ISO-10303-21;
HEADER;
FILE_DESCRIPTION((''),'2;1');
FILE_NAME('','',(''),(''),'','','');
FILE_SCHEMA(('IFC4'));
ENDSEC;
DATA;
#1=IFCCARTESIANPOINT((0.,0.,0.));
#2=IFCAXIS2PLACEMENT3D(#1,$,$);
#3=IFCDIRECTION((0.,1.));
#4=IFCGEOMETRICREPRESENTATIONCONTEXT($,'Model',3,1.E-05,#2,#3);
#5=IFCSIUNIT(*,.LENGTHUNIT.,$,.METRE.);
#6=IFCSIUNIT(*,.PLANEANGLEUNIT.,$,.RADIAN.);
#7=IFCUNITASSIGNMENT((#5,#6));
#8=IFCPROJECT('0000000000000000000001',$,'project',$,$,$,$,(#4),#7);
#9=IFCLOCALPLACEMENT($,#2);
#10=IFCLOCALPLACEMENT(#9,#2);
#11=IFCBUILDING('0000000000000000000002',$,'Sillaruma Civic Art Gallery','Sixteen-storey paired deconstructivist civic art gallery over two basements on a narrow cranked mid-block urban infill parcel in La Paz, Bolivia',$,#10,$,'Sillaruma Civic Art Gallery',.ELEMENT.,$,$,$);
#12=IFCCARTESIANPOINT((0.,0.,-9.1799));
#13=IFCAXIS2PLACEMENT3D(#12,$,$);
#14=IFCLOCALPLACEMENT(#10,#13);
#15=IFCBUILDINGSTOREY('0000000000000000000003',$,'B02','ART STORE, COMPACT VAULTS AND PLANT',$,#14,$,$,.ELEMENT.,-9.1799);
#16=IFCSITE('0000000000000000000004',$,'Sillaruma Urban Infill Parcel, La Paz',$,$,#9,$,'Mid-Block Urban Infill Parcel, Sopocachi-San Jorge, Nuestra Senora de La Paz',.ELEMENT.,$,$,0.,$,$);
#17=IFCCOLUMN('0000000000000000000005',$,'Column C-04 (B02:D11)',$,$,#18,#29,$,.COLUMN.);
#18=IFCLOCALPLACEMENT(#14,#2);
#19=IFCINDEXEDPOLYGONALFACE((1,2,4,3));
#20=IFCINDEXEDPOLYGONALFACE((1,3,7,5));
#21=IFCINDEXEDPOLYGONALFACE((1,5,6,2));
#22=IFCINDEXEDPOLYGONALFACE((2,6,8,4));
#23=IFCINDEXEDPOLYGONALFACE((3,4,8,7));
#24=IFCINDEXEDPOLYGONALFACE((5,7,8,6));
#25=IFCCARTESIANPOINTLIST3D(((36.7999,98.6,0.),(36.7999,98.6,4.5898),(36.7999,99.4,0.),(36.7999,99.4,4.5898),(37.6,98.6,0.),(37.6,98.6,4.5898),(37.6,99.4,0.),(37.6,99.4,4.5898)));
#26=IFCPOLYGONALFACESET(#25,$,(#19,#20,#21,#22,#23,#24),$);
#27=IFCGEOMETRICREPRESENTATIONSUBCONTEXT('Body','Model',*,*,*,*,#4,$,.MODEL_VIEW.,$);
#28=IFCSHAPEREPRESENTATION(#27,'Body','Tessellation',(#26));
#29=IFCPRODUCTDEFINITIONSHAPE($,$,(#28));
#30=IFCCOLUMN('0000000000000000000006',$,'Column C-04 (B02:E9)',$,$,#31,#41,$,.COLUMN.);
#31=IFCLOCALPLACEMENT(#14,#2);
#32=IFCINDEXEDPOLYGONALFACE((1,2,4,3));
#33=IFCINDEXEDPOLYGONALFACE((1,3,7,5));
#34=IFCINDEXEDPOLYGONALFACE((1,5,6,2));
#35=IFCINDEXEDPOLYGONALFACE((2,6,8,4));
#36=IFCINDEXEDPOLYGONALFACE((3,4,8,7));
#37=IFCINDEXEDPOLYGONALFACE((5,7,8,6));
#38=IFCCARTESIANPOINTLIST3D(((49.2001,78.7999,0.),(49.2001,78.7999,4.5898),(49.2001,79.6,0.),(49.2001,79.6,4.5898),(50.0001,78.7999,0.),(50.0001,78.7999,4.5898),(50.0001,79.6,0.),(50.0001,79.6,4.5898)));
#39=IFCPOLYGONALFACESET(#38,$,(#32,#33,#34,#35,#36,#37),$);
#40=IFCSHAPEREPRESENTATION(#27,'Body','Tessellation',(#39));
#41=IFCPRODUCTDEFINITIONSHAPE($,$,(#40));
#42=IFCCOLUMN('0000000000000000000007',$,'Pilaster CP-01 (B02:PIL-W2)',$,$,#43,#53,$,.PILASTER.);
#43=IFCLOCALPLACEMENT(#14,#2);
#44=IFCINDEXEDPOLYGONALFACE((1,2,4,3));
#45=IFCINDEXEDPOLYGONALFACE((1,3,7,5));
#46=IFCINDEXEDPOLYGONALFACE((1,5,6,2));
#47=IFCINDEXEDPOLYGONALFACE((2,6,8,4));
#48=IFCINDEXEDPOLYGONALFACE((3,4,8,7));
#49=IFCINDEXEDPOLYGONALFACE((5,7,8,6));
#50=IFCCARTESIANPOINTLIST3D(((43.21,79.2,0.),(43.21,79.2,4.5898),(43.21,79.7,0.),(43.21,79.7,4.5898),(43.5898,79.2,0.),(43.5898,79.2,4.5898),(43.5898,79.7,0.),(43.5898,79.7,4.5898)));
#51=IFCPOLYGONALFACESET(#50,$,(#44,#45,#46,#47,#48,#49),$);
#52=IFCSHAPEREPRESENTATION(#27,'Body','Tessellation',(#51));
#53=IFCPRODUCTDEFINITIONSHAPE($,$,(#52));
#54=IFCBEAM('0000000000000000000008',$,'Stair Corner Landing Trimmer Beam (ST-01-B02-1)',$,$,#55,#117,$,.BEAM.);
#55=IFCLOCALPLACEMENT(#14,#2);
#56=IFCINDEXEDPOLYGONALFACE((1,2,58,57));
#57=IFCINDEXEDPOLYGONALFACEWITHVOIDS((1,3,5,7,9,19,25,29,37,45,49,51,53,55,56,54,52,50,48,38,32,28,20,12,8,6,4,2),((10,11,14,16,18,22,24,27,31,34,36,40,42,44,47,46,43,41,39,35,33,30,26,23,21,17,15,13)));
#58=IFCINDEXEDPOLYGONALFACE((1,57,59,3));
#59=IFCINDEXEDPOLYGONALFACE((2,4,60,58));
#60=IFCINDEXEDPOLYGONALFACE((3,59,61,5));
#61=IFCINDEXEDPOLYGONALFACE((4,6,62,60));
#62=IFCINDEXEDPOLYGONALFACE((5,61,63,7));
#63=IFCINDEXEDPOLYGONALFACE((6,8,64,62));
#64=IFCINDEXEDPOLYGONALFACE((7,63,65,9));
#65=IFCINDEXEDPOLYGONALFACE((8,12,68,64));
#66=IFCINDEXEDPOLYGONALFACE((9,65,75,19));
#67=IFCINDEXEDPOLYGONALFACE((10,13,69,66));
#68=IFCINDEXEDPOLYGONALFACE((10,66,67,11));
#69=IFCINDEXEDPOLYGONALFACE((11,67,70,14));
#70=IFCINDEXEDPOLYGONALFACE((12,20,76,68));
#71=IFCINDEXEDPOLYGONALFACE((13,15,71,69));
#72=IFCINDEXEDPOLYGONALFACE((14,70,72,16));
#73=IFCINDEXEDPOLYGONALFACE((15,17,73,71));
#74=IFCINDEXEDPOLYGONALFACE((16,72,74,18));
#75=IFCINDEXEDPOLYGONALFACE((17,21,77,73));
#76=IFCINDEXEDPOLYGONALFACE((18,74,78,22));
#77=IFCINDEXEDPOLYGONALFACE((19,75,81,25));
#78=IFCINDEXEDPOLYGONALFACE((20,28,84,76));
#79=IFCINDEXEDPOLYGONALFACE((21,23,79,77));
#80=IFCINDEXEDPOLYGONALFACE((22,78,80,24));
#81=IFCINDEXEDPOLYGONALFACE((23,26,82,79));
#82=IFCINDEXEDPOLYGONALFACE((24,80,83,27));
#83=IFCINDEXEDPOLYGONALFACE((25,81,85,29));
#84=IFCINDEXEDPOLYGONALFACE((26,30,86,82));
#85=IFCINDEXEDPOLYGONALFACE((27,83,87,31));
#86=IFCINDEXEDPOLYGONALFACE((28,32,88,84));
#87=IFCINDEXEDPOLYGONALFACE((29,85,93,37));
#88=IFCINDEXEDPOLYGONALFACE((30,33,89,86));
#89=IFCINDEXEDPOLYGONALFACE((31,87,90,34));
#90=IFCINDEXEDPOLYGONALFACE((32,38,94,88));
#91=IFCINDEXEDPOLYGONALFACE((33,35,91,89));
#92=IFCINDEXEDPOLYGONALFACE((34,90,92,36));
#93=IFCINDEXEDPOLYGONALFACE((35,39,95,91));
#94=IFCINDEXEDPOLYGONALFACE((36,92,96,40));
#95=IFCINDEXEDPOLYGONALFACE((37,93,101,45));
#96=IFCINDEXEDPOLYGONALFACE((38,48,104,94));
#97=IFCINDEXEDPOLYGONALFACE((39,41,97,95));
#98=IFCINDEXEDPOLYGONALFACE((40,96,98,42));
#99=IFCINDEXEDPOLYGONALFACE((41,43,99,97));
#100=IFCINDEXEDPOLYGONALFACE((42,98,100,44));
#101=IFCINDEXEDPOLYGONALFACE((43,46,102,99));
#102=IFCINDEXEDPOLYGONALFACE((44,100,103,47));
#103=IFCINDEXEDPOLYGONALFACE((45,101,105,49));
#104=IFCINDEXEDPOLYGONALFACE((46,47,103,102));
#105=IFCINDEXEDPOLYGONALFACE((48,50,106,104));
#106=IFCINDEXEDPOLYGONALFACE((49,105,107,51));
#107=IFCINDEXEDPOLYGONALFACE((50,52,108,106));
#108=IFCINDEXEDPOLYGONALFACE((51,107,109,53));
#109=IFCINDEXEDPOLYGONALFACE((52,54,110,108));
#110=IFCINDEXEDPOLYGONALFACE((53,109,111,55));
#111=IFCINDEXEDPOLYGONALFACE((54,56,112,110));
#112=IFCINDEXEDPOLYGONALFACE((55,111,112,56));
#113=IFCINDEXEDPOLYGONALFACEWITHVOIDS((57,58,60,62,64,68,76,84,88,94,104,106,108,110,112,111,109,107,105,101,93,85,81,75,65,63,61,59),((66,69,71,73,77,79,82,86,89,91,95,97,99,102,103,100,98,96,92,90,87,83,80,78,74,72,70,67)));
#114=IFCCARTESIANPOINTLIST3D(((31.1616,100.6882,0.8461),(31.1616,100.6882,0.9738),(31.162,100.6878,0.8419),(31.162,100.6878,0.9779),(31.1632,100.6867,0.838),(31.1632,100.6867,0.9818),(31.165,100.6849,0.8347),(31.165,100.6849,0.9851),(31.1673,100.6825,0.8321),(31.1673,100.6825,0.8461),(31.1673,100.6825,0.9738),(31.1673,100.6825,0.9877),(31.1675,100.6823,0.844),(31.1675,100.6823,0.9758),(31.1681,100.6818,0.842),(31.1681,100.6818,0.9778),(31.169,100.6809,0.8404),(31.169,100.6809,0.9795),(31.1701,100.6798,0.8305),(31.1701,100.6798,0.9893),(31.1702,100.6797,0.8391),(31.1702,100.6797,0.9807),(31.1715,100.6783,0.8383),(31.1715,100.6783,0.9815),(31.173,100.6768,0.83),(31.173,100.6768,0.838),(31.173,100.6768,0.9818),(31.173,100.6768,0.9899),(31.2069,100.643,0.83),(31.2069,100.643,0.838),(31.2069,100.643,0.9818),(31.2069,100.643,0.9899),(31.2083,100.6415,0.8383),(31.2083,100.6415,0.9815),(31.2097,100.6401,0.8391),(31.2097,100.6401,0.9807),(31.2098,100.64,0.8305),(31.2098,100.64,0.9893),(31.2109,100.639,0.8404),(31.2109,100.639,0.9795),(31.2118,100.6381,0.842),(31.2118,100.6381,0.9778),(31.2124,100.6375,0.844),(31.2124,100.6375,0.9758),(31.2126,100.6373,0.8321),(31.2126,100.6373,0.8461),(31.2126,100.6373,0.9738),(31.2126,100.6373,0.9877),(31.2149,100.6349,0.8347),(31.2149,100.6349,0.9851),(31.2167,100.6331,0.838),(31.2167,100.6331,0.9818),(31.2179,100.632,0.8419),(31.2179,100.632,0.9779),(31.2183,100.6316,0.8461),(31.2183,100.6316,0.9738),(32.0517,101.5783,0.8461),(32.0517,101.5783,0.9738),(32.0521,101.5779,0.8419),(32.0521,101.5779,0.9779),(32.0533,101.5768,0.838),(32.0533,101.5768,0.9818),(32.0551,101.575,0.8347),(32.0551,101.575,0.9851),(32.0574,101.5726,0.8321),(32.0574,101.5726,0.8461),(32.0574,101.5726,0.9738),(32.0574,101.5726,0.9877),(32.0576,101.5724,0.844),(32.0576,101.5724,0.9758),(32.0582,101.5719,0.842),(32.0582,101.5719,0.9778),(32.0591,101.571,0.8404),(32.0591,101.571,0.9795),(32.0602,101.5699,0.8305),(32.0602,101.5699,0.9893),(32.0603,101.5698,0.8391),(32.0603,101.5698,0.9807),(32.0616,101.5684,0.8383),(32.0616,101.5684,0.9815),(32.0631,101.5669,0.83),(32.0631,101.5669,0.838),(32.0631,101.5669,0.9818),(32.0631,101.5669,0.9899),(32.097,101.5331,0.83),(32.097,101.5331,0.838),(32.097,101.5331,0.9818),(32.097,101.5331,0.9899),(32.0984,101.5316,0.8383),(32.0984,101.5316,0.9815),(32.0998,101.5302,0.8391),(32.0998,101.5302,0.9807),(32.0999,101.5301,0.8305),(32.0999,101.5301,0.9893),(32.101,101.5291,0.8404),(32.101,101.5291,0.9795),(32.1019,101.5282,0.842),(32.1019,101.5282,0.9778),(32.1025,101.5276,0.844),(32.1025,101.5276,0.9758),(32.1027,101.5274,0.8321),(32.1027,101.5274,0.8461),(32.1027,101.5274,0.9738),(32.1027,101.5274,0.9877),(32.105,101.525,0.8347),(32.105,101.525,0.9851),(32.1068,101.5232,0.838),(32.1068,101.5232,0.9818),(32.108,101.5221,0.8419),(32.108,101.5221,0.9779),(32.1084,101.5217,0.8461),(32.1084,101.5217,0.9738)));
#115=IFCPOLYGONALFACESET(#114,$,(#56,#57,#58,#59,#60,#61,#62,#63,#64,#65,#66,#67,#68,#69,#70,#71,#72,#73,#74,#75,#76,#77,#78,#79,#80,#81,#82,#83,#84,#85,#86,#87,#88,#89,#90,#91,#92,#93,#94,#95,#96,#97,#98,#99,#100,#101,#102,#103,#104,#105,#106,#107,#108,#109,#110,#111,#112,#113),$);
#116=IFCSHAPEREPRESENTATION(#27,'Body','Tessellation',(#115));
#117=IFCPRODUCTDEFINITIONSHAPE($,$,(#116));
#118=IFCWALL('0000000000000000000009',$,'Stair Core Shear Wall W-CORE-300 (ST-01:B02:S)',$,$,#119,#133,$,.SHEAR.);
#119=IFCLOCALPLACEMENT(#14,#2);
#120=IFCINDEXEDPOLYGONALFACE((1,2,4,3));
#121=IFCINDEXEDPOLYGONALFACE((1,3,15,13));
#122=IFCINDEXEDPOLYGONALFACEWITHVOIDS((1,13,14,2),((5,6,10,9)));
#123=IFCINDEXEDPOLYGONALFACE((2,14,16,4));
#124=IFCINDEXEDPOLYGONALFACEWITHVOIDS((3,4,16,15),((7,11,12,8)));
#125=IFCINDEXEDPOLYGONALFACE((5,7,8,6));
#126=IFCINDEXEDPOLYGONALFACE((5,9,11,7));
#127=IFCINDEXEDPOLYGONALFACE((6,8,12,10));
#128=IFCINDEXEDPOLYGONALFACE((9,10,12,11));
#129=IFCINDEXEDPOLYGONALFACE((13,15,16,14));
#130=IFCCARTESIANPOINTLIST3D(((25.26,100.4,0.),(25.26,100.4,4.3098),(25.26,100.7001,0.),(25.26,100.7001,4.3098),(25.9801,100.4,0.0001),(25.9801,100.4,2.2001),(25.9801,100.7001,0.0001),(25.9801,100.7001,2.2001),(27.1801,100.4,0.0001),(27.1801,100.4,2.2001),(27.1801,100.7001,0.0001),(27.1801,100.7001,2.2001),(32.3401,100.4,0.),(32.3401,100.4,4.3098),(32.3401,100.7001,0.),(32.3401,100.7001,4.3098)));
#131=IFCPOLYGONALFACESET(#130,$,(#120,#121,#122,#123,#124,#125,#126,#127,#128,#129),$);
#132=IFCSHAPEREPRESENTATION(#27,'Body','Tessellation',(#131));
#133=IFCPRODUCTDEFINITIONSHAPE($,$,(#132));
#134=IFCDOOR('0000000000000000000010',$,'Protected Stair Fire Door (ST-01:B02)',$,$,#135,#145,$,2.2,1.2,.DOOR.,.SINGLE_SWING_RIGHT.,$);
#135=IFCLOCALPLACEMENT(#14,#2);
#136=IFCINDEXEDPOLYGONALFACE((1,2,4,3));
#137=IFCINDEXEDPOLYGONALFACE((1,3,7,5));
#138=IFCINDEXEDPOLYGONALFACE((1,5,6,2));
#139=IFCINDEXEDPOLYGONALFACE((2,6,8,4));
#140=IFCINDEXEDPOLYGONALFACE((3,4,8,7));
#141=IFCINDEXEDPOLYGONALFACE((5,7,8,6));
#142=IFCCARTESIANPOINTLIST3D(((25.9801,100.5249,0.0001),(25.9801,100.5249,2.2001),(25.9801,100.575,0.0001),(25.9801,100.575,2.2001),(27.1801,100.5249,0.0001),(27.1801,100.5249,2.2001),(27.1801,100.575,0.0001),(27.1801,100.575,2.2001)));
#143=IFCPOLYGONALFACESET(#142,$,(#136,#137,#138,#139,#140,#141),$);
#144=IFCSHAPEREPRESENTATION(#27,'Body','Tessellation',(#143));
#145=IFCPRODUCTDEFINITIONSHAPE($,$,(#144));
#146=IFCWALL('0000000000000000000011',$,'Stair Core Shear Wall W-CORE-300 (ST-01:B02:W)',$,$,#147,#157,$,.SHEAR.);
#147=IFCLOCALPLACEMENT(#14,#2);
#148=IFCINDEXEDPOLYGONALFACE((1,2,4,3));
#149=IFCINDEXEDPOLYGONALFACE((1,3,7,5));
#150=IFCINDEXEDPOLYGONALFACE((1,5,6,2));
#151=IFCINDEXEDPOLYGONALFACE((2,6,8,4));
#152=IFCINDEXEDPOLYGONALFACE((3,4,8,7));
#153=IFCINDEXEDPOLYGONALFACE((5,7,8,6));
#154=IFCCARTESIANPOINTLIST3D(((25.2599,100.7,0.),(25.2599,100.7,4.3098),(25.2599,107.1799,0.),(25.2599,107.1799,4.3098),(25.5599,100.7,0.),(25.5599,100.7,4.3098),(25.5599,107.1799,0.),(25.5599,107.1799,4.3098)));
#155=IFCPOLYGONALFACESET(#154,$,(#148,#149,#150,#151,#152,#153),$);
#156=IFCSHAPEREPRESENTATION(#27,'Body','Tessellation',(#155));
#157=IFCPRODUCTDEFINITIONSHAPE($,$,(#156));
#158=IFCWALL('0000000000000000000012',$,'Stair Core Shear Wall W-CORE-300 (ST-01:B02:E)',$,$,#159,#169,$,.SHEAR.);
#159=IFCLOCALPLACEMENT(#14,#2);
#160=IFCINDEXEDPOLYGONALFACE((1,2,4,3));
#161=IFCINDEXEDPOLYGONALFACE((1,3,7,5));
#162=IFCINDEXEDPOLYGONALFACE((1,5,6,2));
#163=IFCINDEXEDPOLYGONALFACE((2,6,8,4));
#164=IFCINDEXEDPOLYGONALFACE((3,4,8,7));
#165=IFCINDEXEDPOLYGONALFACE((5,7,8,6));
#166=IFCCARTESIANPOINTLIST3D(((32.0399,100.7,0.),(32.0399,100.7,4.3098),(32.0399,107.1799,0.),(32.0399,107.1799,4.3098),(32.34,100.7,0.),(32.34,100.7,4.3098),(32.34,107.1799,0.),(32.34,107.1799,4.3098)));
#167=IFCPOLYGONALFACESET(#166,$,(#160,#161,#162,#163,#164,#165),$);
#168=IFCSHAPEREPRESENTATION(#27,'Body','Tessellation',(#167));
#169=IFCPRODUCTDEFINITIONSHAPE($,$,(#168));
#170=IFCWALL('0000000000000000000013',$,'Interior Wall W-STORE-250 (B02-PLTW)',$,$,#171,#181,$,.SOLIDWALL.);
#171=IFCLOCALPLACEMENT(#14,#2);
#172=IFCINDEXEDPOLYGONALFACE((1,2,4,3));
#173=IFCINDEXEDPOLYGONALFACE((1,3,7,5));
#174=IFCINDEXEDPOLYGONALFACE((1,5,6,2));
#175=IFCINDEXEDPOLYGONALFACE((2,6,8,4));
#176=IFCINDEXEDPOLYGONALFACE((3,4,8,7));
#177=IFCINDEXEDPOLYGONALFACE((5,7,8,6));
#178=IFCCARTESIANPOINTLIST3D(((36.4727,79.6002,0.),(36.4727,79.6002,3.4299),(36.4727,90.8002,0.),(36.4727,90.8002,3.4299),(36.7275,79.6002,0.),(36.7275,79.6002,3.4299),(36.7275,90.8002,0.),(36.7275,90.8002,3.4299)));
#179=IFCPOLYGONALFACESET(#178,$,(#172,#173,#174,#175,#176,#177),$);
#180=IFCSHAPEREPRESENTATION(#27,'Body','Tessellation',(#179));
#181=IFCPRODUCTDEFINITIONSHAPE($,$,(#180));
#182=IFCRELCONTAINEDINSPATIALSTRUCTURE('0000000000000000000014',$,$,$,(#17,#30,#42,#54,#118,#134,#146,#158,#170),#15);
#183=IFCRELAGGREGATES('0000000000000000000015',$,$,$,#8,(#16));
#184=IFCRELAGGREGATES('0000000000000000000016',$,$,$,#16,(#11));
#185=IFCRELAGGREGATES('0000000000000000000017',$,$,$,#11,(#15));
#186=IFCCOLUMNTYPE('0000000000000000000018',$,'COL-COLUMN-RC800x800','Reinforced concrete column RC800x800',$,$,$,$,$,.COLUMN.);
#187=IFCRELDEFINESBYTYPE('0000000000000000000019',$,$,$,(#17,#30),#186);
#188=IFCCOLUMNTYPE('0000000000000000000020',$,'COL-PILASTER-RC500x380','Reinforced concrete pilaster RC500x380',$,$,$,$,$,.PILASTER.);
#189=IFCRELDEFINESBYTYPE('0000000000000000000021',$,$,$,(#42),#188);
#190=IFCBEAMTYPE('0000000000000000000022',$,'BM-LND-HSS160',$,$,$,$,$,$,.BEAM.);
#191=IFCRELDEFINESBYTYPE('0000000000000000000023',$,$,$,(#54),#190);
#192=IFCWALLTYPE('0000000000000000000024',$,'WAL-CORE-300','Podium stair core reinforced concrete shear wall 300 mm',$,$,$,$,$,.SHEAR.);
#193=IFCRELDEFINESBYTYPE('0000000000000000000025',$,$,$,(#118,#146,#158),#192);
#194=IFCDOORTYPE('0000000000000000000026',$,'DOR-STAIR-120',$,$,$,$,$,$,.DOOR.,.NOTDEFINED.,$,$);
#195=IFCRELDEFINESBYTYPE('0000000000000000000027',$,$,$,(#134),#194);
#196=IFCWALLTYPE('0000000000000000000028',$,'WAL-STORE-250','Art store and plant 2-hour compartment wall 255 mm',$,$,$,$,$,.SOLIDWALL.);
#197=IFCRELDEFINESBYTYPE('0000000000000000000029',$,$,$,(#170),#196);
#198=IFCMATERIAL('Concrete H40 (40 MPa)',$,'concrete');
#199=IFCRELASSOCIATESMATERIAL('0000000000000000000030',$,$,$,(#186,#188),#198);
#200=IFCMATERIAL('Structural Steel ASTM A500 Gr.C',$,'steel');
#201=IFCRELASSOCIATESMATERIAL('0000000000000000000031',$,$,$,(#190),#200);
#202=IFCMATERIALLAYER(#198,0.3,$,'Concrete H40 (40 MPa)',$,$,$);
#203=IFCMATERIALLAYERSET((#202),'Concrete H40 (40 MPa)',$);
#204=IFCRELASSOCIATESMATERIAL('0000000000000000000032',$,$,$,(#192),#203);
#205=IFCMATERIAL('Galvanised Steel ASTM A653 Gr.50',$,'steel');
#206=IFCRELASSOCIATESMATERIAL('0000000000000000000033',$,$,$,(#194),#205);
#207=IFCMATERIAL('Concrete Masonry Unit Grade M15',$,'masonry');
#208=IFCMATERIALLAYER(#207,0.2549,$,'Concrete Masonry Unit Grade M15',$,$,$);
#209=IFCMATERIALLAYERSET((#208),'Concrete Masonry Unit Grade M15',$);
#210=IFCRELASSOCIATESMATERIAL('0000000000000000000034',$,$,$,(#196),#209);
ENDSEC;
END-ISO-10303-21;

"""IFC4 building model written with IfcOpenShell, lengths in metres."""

from ifc_helpers import new_model, si_unit, direction, frame, frame_2d, origin, origin_2d, place, context, subcontext, project, spatial, rectangle, hollow_rectangle, extrude, material, layer, layer_set, material_profile, profile_set, type_object, element, fill, save


model = new_model("IFC4")

# Units and contexts
model_context = context("Model", 3, precision=1e-05, world=origin(), true_north=direction((0.0, 1.0)))
body_context = subcontext(model_context, "Body", "Model", "MODEL_VIEW")
ifc_project = project(units=[si_unit("LENGTHUNIT", "METRE"), si_unit("PLANEANGLEUNIT", "RADIAN")], contexts=[model_context])

# Site, building, storey
site_placement = place(None, origin())
site = spatial("IfcSite", under=ifc_project, at=site_placement, Name="Sillaruma Urban Infill Parcel, La Paz", LongName="Mid-Block Urban Infill Parcel, Sopocachi-San Jorge, Nuestra Senora de La Paz", CompositionType="ELEMENT", RefElevation=0.0)
building_placement = place(site_placement, origin())
building = spatial("IfcBuilding", under=site, at=building_placement, Name="Sillaruma Civic Art Gallery", Description="Sixteen-storey paired deconstructivist civic art gallery over two basements on a narrow cranked mid-block urban infill parcel in La Paz, Bolivia", LongName="Sillaruma Civic Art Gallery", CompositionType="ELEMENT")
storey_placement = place(building_placement, frame((0.0, 0.0, -9.1799)))
storey = spatial("IfcBuildingStorey", under=building, at=storey_placement, Name="B02", Description="ART STORE, COMPACT VAULTS AND PLANT", CompositionType="ELEMENT", Elevation=-9.1799)

# Columns
ifc_material_1 = material(Name="Concrete H40 (40 MPa)", Category="concrete")
ifc_material_profile_1 = material_profile(ifc_material_1, rectangle(XDim=0.8, YDim=0.8, at=origin_2d()), Name="RC800x800")
ifc_profile_set_1 = profile_set([ifc_material_profile_1], Name="Concrete H40 (40 MPa)")
column_type_1 = type_object("IfcColumnType", Name="COL-COLUMN-RC800x800", Description="Reinforced concrete column RC800x800", PredefinedType="COLUMN", material=ifc_profile_set_1)
for number, where, z_axis, x_axis, name in (
    (1, (37.2, 99.0, 0.0), (0.0, 0.0, 1.0), (1.0, 0.0, 0.0), "Column C-04 (B02:D11)"),
    (2, (49.6001, 79.2, 0.0), (0.0, 0.0, 1.0), (1.0, 0.0, 0.0), "Column C-04 (B02:E9)"),
):
    element("IfcColumn", number, at=place(storey_placement, frame(where, z_axis=z_axis, x_axis=x_axis)), inside=storey, type_object=column_type_1, Name=name, PredefinedType="COLUMN", context=body_context, shape_type="SweptSolid", body=[
        extrude(rectangle(XDim=0.8, YDim=0.8, at=origin_2d()), origin(), (0.0, 0.0, 1.0), 4.5898),
    ])
ifc_material_profile_2 = material_profile(ifc_material_1, rectangle(XDim=0.3799, YDim=0.5, at=origin_2d()), Name="RC500x380")
ifc_profile_set_2 = profile_set([ifc_material_profile_2], Name="Concrete H40 (40 MPa)")
column_type_2 = type_object("IfcColumnType", Name="COL-PILASTER-RC500x380", Description="Reinforced concrete pilaster RC500x380", PredefinedType="PILASTER", material=ifc_profile_set_2)
column_placement = place(storey_placement, frame((43.3999, 79.45, 0.0), z_axis=(0.0, 0.0, 1.0), x_axis=(1.0, 0.0, 0.0)))
element("IfcColumn", 3, at=column_placement, inside=storey, type_object=column_type_2, Name="Pilaster CP-01 (B02:PIL-W2)", PredefinedType="PILASTER", context=body_context, shape_type="SweptSolid", body=[
    extrude(rectangle(XDim=0.3799, YDim=0.5, at=origin_2d()), origin(), (0.0, 0.0, 1.0), 4.5898),
])

# Beam
ifc_material_2 = material(Name="Structural Steel ASTM A500 Gr.C", Category="steel")
ifc_material_profile_3 = material_profile(ifc_material_2, hollow_rectangle(XDim=0.0801, YDim=0.1599, WallThickness=0.0081, InnerFilletRadius=0.0081, OuterFilletRadius=0.0161, at=origin_2d()), Name="HSS160x80x8")
ifc_profile_set_3 = profile_set([ifc_material_profile_3], Name="Structural Steel ASTM A500 Gr.C")
beam_type = type_object("IfcBeamType", Name="BM-LND-HSS160", PredefinedType="BEAM", material=ifc_profile_set_3)
beam_placement = place(storey_placement, frame((31.1899, 100.6599, 0.9099), z_axis=(0.707107, 0.707107, 0.0), x_axis=(-0.707107, 0.707107, 0.0)))
element("IfcBeam", 4, at=beam_placement, inside=storey, type_object=beam_type, Name="Stair Corner Landing Trimmer Beam (ST-01-B02-1)", PredefinedType="BEAM", context=body_context, shape_type="SweptSolid", body=[
    extrude(hollow_rectangle(XDim=0.0801, YDim=0.1599, WallThickness=0.0081, InnerFilletRadius=0.0081, OuterFilletRadius=0.0161, at=origin_2d()), origin(), (0.0, 0.0, 1.0), 1.2588),
])

# Wall, opening, door
ifc_layer_1 = layer(ifc_material_1, 0.3, Name="Concrete H40 (40 MPa)")
ifc_layer_set_1 = layer_set([ifc_layer_1], Name="Concrete H40 (40 MPa)")
wall_type_1 = type_object("IfcWallType", Name="WAL-CORE-300", Description="Podium stair core reinforced concrete shear wall 300 mm", PredefinedType="SHEAR", material=ifc_layer_set_1)
wall_1_placement = place(storey_placement, frame((25.26, 100.55, 0.0), z_axis=(0.0, 0.0, 1.0), x_axis=(1.0, 0.0, 0.0)))
wall_1 = element("IfcWall", 5, at=wall_1_placement, inside=storey, type_object=wall_type_1, Name="Stair Core Shear Wall W-CORE-300 (ST-01:B02:S)", PredefinedType="SHEAR", context=body_context, shape_type="SweptSolid", body=[
    extrude(rectangle(XDim=7.0801, YDim=0.3, at=frame_2d((3.54, 0.0))), origin(), (0.0, 0.0, 1.0), 4.3098),
])
opening_1_placement = place(wall_1_placement, frame((0.72, 0.0, 0.0)))
opening_1 = element("IfcOpeningElement", 6, at=opening_1_placement, cuts=wall_1, PredefinedType="OPENING", context=body_context, shape_type="SweptSolid", body=[
    extrude(rectangle(XDim=1.2, YDim=2.2, at=frame_2d((0.6001, 1.1001))), frame((0.0, 0.1599, 0.0), z_axis=(0.0, -1.0, 0.0), x_axis=(1.0, 0.0, 0.0)), (0.0, 0.0, 1.0), 0.3201),
])
ifc_material_3 = material(Name="Galvanised Steel ASTM A653 Gr.50", Category="steel")
door_type_1 = type_object("IfcDoorType", Name="DOR-STAIR-120", OperationType="NOTDEFINED", PredefinedType="DOOR", material=ifc_material_3)
door_1_placement = place(opening_1_placement, origin())
door_1 = element("IfcDoor", 7, at=door_1_placement, inside=storey, type_object=door_type_1, Name="Protected Stair Fire Door (ST-01:B02)", OperationType="SINGLE_SWING_RIGHT", OverallHeight=2.2, OverallWidth=1.2, PredefinedType="DOOR", context=body_context, shape_type="SweptSolid", body=[
    extrude(rectangle(XDim=1.2, YDim=2.2, at=frame_2d((0.6001, 1.1001))), frame((0.0, 0.0249, 0.0), z_axis=(0.0, -1.0, 0.0), x_axis=(1.0, 0.0, 0.0)), (0.0, 0.0, 1.0), 0.05),
])
fill(opening_1, door_1)

# Walls
for number, where, z_axis, x_axis, name in (
    (8, (25.4099, 100.7, 0.0), (0.0, 0.0, 1.0), (0.0, 1.0, 0.0), "Stair Core Shear Wall W-CORE-300 (ST-01:B02:W)"),
    (9, (32.1899, 100.7, 0.0), (0.0, 0.0, 1.0), (0.0, 1.0, 0.0), "Stair Core Shear Wall W-CORE-300 (ST-01:B02:E)"),
):
    element("IfcWall", number, at=place(storey_placement, frame(where, z_axis=z_axis, x_axis=x_axis)), inside=storey, type_object=wall_type_1, Name=name, PredefinedType="SHEAR", context=body_context, shape_type="SweptSolid", body=[
        extrude(rectangle(XDim=6.48, YDim=0.3, at=frame_2d((3.24, 0.0))), origin(), (0.0, 0.0, 1.0), 4.3098),
    ])
ifc_material_4 = material(Name="Concrete Masonry Unit Grade M15", Category="masonry")
ifc_layer_2 = layer(ifc_material_4, 0.2549, Name="Concrete Masonry Unit Grade M15")
ifc_layer_set_2 = layer_set([ifc_layer_2], Name="Concrete Masonry Unit Grade M15")
wall_type_2 = type_object("IfcWallType", Name="WAL-STORE-250", Description="Art store and plant 2-hour compartment wall 255 mm", PredefinedType="SOLIDWALL", material=ifc_layer_set_2)
wall_2_placement = place(storey_placement, frame((36.6001, 79.6001, 0.0), z_axis=(0.0, 0.0, 1.0), x_axis=(0.0, 1.0, 0.0)))
element("IfcWall", 10, at=wall_2_placement, inside=storey, type_object=wall_type_2, Name="Interior Wall W-STORE-250 (B02-PLTW)", PredefinedType="SOLIDWALL", context=body_context, shape_type="SweptSolid", body=[
    extrude(rectangle(XDim=11.2, YDim=0.2549, at=frame_2d((5.6001, 0.0))), origin(), (0.0, 0.0, 1.0), 3.4299),
])

save(model, "model.ifc")
